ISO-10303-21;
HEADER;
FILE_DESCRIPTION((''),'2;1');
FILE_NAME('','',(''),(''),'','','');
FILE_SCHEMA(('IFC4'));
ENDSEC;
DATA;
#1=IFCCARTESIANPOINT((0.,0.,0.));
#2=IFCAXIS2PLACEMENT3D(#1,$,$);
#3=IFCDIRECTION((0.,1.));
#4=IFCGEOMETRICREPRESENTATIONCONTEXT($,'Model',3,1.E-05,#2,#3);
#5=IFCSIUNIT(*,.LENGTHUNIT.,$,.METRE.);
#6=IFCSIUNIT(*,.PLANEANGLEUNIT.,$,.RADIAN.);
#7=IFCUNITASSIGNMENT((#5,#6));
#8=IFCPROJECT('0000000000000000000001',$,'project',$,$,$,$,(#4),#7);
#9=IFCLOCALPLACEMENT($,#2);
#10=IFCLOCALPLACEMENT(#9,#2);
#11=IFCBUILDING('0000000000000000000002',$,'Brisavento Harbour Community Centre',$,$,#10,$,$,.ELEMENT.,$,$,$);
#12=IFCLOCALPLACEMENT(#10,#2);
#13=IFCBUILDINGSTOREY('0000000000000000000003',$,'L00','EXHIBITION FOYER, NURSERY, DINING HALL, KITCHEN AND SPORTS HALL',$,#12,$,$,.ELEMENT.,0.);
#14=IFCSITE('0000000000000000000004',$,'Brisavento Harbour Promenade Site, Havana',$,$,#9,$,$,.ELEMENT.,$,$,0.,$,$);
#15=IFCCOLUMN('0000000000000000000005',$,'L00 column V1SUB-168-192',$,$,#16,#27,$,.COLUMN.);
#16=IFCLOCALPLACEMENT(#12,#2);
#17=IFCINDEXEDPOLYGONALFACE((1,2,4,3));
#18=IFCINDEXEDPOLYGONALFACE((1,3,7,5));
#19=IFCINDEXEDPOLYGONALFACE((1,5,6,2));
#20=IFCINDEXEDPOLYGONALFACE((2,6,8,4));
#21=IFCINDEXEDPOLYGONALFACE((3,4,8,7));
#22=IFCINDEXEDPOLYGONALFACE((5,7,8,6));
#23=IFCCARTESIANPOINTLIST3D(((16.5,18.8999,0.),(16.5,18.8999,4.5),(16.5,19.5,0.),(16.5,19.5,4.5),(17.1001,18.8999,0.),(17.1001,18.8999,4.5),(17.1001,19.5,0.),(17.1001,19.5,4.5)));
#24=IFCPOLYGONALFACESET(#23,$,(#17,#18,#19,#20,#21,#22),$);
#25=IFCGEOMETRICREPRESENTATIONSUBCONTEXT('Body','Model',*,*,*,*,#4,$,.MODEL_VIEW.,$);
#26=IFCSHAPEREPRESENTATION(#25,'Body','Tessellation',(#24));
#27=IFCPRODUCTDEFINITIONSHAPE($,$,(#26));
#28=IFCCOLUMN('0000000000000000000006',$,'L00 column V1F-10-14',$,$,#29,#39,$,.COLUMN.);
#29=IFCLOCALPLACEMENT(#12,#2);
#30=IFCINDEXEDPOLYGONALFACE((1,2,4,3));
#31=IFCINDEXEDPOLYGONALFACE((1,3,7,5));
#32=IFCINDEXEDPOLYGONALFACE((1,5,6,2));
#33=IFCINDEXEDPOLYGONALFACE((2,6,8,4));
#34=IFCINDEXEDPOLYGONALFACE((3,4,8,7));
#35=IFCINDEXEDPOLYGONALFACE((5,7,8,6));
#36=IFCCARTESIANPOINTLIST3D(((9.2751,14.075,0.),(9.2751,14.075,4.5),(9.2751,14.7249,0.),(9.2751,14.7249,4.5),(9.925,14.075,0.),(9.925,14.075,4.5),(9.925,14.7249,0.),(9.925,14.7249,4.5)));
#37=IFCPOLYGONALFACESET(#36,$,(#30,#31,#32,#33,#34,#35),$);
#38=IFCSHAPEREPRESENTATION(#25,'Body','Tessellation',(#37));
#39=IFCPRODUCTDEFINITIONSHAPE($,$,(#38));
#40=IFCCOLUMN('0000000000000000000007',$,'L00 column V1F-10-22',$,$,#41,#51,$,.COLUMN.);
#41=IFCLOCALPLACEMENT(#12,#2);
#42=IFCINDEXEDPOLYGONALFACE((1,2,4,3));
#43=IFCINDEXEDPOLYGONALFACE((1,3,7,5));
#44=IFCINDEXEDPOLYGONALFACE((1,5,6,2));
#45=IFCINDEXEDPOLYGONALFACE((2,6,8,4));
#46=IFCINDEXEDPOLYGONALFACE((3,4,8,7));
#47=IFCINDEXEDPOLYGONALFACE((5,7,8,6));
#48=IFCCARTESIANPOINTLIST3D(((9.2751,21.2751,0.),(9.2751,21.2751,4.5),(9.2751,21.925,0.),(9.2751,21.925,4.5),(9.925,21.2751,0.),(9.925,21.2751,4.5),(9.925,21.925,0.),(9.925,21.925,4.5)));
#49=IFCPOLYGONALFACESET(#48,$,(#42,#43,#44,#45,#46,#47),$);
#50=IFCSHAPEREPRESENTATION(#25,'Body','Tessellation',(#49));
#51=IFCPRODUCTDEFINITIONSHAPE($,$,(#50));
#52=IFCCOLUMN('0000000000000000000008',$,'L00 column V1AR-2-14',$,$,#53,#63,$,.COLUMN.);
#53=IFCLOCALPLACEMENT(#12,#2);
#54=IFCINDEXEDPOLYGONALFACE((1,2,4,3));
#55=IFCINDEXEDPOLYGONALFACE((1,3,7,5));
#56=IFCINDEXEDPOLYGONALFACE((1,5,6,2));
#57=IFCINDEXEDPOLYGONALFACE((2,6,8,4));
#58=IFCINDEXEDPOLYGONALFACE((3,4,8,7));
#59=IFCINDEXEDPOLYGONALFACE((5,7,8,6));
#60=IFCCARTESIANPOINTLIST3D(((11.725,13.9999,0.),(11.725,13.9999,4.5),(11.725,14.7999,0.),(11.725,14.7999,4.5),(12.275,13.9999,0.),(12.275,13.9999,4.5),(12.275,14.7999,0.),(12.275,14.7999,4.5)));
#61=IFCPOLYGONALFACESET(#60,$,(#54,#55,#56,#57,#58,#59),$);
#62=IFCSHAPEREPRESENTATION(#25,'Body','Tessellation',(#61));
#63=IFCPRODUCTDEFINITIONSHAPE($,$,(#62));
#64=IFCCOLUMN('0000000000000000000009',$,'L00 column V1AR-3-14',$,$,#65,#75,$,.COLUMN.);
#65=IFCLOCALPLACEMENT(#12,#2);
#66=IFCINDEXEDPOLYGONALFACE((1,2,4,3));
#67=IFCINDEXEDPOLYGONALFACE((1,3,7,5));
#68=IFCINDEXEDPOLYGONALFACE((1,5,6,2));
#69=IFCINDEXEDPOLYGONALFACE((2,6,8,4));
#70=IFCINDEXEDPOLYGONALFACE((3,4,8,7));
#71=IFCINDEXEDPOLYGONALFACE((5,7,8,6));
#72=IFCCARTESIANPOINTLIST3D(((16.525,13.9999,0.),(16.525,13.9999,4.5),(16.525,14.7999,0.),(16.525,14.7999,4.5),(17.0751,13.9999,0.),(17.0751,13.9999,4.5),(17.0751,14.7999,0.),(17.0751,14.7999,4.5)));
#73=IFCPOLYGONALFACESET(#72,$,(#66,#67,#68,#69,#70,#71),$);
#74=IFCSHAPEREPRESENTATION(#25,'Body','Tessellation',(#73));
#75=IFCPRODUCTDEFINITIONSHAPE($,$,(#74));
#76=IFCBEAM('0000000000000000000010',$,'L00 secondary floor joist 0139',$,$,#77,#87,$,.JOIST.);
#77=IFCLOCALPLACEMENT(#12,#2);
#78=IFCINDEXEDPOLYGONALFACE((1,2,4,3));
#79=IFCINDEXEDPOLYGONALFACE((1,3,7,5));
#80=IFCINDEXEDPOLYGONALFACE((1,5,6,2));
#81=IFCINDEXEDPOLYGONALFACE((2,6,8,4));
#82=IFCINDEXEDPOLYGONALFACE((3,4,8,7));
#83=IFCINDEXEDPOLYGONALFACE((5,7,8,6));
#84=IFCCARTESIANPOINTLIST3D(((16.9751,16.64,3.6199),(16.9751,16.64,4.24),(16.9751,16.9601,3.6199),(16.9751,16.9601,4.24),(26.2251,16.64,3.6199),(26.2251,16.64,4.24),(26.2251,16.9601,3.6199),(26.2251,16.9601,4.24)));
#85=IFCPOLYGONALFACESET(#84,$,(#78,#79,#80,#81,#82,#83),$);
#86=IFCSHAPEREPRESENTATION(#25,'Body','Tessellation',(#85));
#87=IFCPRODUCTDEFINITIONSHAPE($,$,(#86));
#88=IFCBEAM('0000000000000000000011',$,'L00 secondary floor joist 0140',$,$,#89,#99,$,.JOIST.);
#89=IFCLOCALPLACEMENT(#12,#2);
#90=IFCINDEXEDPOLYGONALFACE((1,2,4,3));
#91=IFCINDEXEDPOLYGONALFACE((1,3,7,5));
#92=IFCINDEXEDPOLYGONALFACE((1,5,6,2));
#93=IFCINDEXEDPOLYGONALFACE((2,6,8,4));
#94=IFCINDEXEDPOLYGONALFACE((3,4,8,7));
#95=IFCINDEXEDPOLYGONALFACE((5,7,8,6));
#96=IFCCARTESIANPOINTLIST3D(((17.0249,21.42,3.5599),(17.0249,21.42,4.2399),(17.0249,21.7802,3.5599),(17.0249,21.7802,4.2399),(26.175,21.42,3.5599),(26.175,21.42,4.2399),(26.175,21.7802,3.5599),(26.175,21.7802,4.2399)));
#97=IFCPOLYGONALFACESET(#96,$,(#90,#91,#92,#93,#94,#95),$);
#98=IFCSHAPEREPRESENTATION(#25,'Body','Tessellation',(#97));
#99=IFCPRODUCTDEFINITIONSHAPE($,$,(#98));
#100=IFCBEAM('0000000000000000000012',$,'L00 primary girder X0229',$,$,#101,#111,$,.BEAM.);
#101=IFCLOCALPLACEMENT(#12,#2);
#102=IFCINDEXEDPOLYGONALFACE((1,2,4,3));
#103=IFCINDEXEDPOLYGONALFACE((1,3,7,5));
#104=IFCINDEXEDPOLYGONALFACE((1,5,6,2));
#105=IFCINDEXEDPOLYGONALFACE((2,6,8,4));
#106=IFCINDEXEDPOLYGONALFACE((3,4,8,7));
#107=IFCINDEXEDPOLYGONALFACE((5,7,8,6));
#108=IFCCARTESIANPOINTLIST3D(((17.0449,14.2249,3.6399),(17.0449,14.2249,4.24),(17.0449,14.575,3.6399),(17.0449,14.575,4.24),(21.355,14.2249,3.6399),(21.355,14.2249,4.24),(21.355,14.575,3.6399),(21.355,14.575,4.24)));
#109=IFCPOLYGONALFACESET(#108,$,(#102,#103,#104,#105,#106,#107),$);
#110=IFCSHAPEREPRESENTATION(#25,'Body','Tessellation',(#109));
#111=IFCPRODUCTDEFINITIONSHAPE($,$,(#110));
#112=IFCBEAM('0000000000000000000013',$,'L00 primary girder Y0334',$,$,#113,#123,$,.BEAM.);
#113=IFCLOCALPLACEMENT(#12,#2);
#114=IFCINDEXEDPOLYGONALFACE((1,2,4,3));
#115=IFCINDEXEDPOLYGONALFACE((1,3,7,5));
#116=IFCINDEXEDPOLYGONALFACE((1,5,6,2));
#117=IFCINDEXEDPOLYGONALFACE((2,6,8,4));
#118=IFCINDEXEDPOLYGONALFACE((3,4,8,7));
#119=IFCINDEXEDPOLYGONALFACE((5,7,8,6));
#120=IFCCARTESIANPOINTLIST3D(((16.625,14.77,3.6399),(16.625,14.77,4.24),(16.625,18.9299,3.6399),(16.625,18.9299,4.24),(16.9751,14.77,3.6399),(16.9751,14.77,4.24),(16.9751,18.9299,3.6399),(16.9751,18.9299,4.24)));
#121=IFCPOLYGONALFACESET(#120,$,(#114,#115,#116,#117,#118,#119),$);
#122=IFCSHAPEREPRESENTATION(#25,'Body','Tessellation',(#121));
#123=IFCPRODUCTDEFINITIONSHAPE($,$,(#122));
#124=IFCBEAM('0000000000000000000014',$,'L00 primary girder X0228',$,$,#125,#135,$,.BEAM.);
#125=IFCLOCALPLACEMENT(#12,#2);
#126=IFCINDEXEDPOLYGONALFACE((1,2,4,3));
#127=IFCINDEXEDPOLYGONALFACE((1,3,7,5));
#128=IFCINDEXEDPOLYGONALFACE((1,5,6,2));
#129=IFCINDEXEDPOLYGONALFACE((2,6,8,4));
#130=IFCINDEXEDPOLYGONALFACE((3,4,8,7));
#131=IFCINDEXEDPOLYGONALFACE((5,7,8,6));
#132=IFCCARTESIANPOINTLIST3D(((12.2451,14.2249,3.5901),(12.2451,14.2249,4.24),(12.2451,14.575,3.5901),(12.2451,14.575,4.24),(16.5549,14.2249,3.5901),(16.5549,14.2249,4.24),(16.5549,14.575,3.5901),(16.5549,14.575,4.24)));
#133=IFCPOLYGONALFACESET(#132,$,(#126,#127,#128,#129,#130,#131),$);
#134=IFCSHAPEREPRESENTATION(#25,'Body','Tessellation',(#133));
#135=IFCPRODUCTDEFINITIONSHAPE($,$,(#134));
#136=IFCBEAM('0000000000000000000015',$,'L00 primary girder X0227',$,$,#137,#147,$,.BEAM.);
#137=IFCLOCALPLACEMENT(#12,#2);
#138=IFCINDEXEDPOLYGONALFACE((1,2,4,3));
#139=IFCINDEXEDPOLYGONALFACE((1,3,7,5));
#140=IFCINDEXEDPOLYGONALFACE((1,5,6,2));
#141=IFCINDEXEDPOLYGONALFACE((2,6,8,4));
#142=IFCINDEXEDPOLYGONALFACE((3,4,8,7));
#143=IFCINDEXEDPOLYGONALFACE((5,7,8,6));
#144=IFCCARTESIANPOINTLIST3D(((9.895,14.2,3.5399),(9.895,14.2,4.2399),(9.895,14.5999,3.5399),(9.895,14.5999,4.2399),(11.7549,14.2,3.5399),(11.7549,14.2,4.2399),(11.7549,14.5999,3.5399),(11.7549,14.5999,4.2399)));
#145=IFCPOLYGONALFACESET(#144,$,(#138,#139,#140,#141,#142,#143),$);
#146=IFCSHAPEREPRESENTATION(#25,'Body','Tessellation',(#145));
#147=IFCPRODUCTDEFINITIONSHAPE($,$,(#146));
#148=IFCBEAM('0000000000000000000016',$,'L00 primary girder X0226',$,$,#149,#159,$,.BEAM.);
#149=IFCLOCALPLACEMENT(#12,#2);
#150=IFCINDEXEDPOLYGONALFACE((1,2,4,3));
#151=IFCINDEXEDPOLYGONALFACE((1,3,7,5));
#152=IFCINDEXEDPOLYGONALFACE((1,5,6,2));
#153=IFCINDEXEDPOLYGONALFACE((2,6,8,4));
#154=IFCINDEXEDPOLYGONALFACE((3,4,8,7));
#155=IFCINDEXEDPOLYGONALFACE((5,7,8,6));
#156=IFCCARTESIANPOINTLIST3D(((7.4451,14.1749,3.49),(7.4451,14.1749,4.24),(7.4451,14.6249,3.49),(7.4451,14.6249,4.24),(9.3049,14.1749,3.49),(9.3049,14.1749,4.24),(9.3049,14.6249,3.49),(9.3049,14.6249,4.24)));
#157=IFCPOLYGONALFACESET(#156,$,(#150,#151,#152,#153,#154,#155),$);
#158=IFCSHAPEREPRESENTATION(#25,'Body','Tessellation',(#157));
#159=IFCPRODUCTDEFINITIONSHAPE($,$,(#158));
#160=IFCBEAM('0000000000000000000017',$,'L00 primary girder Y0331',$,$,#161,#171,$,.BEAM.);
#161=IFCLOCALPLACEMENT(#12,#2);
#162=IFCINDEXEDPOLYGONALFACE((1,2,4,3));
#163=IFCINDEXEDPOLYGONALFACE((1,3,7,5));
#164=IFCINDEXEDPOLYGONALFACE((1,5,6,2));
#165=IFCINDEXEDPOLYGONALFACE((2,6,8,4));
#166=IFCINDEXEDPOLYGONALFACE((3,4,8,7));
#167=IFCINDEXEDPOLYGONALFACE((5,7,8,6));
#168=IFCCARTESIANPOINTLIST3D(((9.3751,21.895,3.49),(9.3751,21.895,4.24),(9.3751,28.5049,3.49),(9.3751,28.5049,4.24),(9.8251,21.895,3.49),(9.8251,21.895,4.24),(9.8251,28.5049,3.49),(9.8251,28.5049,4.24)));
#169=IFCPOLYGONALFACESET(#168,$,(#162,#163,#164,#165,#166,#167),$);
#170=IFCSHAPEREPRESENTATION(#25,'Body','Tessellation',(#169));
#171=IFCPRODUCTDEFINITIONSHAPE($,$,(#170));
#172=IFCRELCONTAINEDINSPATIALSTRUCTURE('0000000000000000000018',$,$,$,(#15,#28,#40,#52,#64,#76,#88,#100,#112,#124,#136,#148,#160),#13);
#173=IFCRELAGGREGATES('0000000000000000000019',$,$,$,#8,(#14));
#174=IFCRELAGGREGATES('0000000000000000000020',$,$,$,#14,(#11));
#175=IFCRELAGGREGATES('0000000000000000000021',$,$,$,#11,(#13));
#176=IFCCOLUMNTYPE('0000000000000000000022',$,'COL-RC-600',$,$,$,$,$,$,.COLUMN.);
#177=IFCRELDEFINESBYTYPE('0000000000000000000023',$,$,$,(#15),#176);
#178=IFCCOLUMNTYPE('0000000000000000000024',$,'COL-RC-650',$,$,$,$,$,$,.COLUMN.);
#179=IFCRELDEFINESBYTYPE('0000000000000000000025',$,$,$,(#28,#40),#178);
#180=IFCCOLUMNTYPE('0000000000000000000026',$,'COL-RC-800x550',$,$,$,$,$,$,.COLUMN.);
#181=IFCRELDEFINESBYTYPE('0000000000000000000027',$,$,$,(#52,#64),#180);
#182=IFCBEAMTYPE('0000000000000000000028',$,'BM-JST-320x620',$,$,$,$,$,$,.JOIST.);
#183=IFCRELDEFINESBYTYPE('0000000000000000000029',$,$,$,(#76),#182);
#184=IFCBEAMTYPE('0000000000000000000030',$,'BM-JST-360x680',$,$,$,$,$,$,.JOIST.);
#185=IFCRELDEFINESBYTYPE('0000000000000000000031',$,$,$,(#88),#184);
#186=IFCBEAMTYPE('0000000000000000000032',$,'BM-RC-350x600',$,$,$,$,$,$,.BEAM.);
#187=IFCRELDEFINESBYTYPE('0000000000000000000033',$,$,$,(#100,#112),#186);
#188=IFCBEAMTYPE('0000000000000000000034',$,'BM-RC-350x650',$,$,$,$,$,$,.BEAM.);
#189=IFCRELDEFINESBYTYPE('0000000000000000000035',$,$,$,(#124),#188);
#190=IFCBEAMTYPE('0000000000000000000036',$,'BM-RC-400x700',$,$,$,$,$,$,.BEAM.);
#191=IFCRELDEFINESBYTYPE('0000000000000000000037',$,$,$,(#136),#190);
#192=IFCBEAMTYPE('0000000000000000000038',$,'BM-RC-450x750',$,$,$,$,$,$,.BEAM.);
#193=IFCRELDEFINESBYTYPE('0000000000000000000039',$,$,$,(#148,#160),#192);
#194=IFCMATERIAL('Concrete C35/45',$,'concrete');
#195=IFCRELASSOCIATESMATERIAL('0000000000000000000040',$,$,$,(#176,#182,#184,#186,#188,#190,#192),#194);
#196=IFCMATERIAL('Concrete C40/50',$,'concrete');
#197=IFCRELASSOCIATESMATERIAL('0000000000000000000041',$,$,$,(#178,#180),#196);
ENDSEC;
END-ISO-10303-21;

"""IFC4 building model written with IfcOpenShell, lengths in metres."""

from ifc_helpers import new_model, si_unit, direction, frame, origin, origin_2d, place, context, subcontext, project, spatial, rectangle, extrude, material, material_profile, profile_set, type_object, element, save


model = new_model("IFC4")

# Units and contexts
model_context = context("Model", 3, precision=1e-05, world=origin(), true_north=direction((0.0, 1.0)))
body_context = subcontext(model_context, "Body", "Model", "MODEL_VIEW")
ifc_project = project(units=[si_unit("LENGTHUNIT", "METRE"), si_unit("PLANEANGLEUNIT", "RADIAN")], contexts=[model_context])

# Site, building, storey
site_placement = place(None, origin())
site = spatial("IfcSite", under=ifc_project, at=site_placement, Name="Brisavento Harbour Promenade Site, Havana", CompositionType="ELEMENT", RefElevation=0.0)
building_placement = place(site_placement, origin())
building = spatial("IfcBuilding", under=site, at=building_placement, Name="Brisavento Harbour Community Centre", CompositionType="ELEMENT")
storey_placement = place(building_placement, origin())
storey = spatial("IfcBuildingStorey", under=building, at=storey_placement, Name="L00", Description="EXHIBITION FOYER, NURSERY, DINING HALL, KITCHEN AND SPORTS HALL", CompositionType="ELEMENT", Elevation=0.0)

# Columns
ifc_material_1 = material(Name="Concrete C35/45", Category="concrete")
ifc_material_profile_1 = material_profile(ifc_material_1, rectangle(XDim=0.6001, YDim=0.6001, at=origin_2d()), Name="Concrete C35/45")
ifc_profile_set_1 = profile_set([ifc_material_profile_1], Name="Concrete C35/45")
column_type_1 = type_object("IfcColumnType", Name="COL-RC-600", PredefinedType="COLUMN", material=ifc_profile_set_1)
column_placement = place(storey_placement, frame((16.8, 19.2, 0.0), z_axis=(0.0, 0.0, 1.0), x_axis=(1.0, 0.0, 0.0)))
element("IfcColumn", 1, at=column_placement, inside=storey, type_object=column_type_1, Name="L00 column V1SUB-168-192", PredefinedType="COLUMN", context=body_context, shape_type="SweptSolid", body=[
    extrude(rectangle(XDim=0.6001, YDim=0.6001, at=origin_2d()), origin(), (0.0, 0.0, 1.0), 4.5),
])
ifc_material_2 = material(Name="Concrete C40/50", Category="concrete")
ifc_material_profile_2 = material_profile(ifc_material_2, rectangle(XDim=0.6499, YDim=0.6499, at=origin_2d()), Name="Concrete C40/50")
ifc_profile_set_2 = profile_set([ifc_material_profile_2], Name="Concrete C40/50")
column_type_2 = type_object("IfcColumnType", Name="COL-RC-650", PredefinedType="COLUMN", material=ifc_profile_set_2)
for number, where, z_axis, x_axis, name in (
    (2, (9.6001, 14.3999, 0.0), (0.0, 0.0, 1.0), (1.0, 0.0, 0.0), "L00 column V1F-10-14"),
    (3, (9.6001, 21.6001, 0.0), (0.0, 0.0, 1.0), (1.0, 0.0, 0.0), "L00 column V1F-10-22"),
):
    element("IfcColumn", number, at=place(storey_placement, frame(where, z_axis=z_axis, x_axis=x_axis)), inside=storey, type_object=column_type_2, Name=name, PredefinedType="COLUMN", context=body_context, shape_type="SweptSolid", body=[
        extrude(rectangle(XDim=0.6499, YDim=0.6499, at=origin_2d()), origin(), (0.0, 0.0, 1.0), 4.5),
    ])
ifc_material_profile_3 = material_profile(ifc_material_2, rectangle(XDim=0.55, YDim=0.8, at=origin_2d()), Name="Concrete C40/50")
ifc_profile_set_3 = profile_set([ifc_material_profile_3], Name="Concrete C40/50")
column_type_3 = type_object("IfcColumnType", Name="COL-RC-800x550", PredefinedType="COLUMN", material=ifc_profile_set_3)
for number, where, z_axis, x_axis, name in (
    (4, (12.0, 14.3999, 0.0), (0.0, 0.0, 1.0), (1.0, 0.0, 0.0), "L00 column V1AR-2-14"),
    (5, (16.8, 14.3999, 0.0), (0.0, 0.0, 1.0), (1.0, 0.0, 0.0), "L00 column V1AR-3-14"),
):
    element("IfcColumn", number, at=place(storey_placement, frame(where, z_axis=z_axis, x_axis=x_axis)), inside=storey, type_object=column_type_3, Name=name, PredefinedType="COLUMN", context=body_context, shape_type="SweptSolid", body=[
        extrude(rectangle(XDim=0.55, YDim=0.8, at=origin_2d()), origin(), (0.0, 0.0, 1.0), 4.5),
    ])

# Beams
ifc_material_profile_4 = material_profile(ifc_material_1, rectangle(XDim=0.3201, YDim=0.6201, at=origin_2d()), Name="Concrete C35/45")
ifc_profile_set_4 = profile_set([ifc_material_profile_4], Name="Concrete C35/45")
beam_type_1 = type_object("IfcBeamType", Name="BM-JST-320x620", PredefinedType="JOIST", material=ifc_profile_set_4)
beam_1_placement = place(storey_placement, frame((16.9751, 16.8, 3.9299), z_axis=(1.0, 0.0, 0.0), x_axis=(0.0, 1.0, 0.0)))
element("IfcBeam", 6, at=beam_1_placement, inside=storey, type_object=beam_type_1, Name="L00 secondary floor joist 0139", PredefinedType="JOIST", context=body_context, shape_type="SweptSolid", body=[
    extrude(rectangle(XDim=0.3201, YDim=0.6201, at=origin_2d()), origin(), (0.0, 0.0, 1.0), 9.25),
])
ifc_material_profile_5 = material_profile(ifc_material_1, rectangle(XDim=0.3601, YDim=0.6799, at=origin_2d()), Name="Concrete C35/45")
ifc_profile_set_5 = profile_set([ifc_material_profile_5], Name="Concrete C35/45")
beam_type_2 = type_object("IfcBeamType", Name="BM-JST-360x680", PredefinedType="JOIST", material=ifc_profile_set_5)
beam_2_placement = place(storey_placement, frame((17.0249, 21.6001, 3.8999), z_axis=(1.0, 0.0, 0.0), x_axis=(0.0, 1.0, 0.0)))
element("IfcBeam", 7, at=beam_2_placement, inside=storey, type_object=beam_type_2, Name="L00 secondary floor joist 0140", PredefinedType="JOIST", context=body_context, shape_type="SweptSolid", body=[
    extrude(rectangle(XDim=0.3601, YDim=0.6799, at=origin_2d()), origin(), (0.0, 0.0, 1.0), 9.1501),
])
ifc_material_profile_6 = material_profile(ifc_material_1, rectangle(XDim=0.3501, YDim=0.6001, at=origin_2d()), Name="Concrete C35/45")
ifc_profile_set_6 = profile_set([ifc_material_profile_6], Name="Concrete C35/45")
beam_type_3 = type_object("IfcBeamType", Name="BM-RC-350x600", PredefinedType="BEAM", material=ifc_profile_set_6)
beam_3_placement = place(storey_placement, frame((17.0449, 14.3999, 3.9399), z_axis=(1.0, 0.0, 0.0), x_axis=(0.0, 1.0, 0.0)))
element("IfcBeam", 8, at=beam_3_placement, inside=storey, type_object=beam_type_3, Name="L00 primary girder X0229", PredefinedType="BEAM", context=body_context, shape_type="SweptSolid", body=[
    extrude(rectangle(XDim=0.3501, YDim=0.6001, at=origin_2d()), origin(), (0.0, 0.0, 1.0), 4.3101),
])
beam_4_placement = place(storey_placement, frame((16.8, 14.77, 3.9399), z_axis=(0.0, 1.0, 0.0), x_axis=(-1.0, 0.0, 0.0)))
element("IfcBeam", 9, at=beam_4_placement, inside=storey, type_object=beam_type_3, Name="L00 primary girder Y0334", PredefinedType="BEAM", context=body_context, shape_type="SweptSolid", body=[
    extrude(rectangle(XDim=0.3501, YDim=0.6001, at=origin_2d()), origin(), (0.0, 0.0, 1.0), 4.1599),
])
ifc_material_profile_7 = material_profile(ifc_material_1, rectangle(XDim=0.3501, YDim=0.6499, at=origin_2d()), Name="Concrete C35/45")
ifc_profile_set_7 = profile_set([ifc_material_profile_7], Name="Concrete C35/45")
beam_type_4 = type_object("IfcBeamType", Name="BM-RC-350x650", PredefinedType="BEAM", material=ifc_profile_set_7)
beam_5_placement = place(storey_placement, frame((12.2451, 14.3999, 3.915), z_axis=(1.0, 0.0, 0.0), x_axis=(0.0, 1.0, 0.0)))
element("IfcBeam", 10, at=beam_5_placement, inside=storey, type_object=beam_type_4, Name="L00 primary girder X0228", PredefinedType="BEAM", context=body_context, shape_type="SweptSolid", body=[
    extrude(rectangle(XDim=0.3501, YDim=0.6499, at=origin_2d()), origin(), (0.0, 0.0, 1.0), 4.3098),
])
ifc_material_profile_8 = material_profile(ifc_material_1, rectangle(XDim=0.3999, YDim=0.7, at=origin_2d()), Name="Concrete C35/45")
ifc_profile_set_8 = profile_set([ifc_material_profile_8], Name="Concrete C35/45")
beam_type_5 = type_object("IfcBeamType", Name="BM-RC-400x700", PredefinedType="BEAM", material=ifc_profile_set_8)
beam_6_placement = place(storey_placement, frame((9.895, 14.3999, 3.8899), z_axis=(1.0, 0.0, 0.0), x_axis=(0.0, 1.0, 0.0)))
element("IfcBeam", 11, at=beam_6_placement, inside=storey, type_object=beam_type_5, Name="L00 primary girder X0227", PredefinedType="BEAM", context=body_context, shape_type="SweptSolid", body=[
    extrude(rectangle(XDim=0.3999, YDim=0.7, at=origin_2d()), origin(), (0.0, 0.0, 1.0), 1.8599),
])
ifc_material_profile_9 = material_profile(ifc_material_1, rectangle(XDim=0.45, YDim=0.75, at=origin_2d()), Name="Concrete C35/45")
ifc_profile_set_9 = profile_set([ifc_material_profile_9], Name="Concrete C35/45")
beam_type_6 = type_object("IfcBeamType", Name="BM-RC-450x750", PredefinedType="BEAM", material=ifc_profile_set_9)
beam_7_placement = place(storey_placement, frame((7.4451, 14.3999, 3.865), z_axis=(1.0, 0.0, 0.0), x_axis=(0.0, 1.0, 0.0)))
element("IfcBeam", 12, at=beam_7_placement, inside=storey, type_object=beam_type_6, Name="L00 primary girder X0226", PredefinedType="BEAM", context=body_context, shape_type="SweptSolid", body=[
    extrude(rectangle(XDim=0.45, YDim=0.75, at=origin_2d()), origin(), (0.0, 0.0, 1.0), 1.8599),
])
beam_8_placement = place(storey_placement, frame((9.6001, 21.895, 3.865), z_axis=(0.0, 1.0, 0.0), x_axis=(-1.0, 0.0, 0.0)))
element("IfcBeam", 13, at=beam_8_placement, inside=storey, type_object=beam_type_6, Name="L00 primary girder Y0331", PredefinedType="BEAM", context=body_context, shape_type="SweptSolid", body=[
    extrude(rectangle(XDim=0.45, YDim=0.75, at=origin_2d()), origin(), (0.0, 0.0, 1.0), 6.6099),
])

save(model, "model.ifc")
